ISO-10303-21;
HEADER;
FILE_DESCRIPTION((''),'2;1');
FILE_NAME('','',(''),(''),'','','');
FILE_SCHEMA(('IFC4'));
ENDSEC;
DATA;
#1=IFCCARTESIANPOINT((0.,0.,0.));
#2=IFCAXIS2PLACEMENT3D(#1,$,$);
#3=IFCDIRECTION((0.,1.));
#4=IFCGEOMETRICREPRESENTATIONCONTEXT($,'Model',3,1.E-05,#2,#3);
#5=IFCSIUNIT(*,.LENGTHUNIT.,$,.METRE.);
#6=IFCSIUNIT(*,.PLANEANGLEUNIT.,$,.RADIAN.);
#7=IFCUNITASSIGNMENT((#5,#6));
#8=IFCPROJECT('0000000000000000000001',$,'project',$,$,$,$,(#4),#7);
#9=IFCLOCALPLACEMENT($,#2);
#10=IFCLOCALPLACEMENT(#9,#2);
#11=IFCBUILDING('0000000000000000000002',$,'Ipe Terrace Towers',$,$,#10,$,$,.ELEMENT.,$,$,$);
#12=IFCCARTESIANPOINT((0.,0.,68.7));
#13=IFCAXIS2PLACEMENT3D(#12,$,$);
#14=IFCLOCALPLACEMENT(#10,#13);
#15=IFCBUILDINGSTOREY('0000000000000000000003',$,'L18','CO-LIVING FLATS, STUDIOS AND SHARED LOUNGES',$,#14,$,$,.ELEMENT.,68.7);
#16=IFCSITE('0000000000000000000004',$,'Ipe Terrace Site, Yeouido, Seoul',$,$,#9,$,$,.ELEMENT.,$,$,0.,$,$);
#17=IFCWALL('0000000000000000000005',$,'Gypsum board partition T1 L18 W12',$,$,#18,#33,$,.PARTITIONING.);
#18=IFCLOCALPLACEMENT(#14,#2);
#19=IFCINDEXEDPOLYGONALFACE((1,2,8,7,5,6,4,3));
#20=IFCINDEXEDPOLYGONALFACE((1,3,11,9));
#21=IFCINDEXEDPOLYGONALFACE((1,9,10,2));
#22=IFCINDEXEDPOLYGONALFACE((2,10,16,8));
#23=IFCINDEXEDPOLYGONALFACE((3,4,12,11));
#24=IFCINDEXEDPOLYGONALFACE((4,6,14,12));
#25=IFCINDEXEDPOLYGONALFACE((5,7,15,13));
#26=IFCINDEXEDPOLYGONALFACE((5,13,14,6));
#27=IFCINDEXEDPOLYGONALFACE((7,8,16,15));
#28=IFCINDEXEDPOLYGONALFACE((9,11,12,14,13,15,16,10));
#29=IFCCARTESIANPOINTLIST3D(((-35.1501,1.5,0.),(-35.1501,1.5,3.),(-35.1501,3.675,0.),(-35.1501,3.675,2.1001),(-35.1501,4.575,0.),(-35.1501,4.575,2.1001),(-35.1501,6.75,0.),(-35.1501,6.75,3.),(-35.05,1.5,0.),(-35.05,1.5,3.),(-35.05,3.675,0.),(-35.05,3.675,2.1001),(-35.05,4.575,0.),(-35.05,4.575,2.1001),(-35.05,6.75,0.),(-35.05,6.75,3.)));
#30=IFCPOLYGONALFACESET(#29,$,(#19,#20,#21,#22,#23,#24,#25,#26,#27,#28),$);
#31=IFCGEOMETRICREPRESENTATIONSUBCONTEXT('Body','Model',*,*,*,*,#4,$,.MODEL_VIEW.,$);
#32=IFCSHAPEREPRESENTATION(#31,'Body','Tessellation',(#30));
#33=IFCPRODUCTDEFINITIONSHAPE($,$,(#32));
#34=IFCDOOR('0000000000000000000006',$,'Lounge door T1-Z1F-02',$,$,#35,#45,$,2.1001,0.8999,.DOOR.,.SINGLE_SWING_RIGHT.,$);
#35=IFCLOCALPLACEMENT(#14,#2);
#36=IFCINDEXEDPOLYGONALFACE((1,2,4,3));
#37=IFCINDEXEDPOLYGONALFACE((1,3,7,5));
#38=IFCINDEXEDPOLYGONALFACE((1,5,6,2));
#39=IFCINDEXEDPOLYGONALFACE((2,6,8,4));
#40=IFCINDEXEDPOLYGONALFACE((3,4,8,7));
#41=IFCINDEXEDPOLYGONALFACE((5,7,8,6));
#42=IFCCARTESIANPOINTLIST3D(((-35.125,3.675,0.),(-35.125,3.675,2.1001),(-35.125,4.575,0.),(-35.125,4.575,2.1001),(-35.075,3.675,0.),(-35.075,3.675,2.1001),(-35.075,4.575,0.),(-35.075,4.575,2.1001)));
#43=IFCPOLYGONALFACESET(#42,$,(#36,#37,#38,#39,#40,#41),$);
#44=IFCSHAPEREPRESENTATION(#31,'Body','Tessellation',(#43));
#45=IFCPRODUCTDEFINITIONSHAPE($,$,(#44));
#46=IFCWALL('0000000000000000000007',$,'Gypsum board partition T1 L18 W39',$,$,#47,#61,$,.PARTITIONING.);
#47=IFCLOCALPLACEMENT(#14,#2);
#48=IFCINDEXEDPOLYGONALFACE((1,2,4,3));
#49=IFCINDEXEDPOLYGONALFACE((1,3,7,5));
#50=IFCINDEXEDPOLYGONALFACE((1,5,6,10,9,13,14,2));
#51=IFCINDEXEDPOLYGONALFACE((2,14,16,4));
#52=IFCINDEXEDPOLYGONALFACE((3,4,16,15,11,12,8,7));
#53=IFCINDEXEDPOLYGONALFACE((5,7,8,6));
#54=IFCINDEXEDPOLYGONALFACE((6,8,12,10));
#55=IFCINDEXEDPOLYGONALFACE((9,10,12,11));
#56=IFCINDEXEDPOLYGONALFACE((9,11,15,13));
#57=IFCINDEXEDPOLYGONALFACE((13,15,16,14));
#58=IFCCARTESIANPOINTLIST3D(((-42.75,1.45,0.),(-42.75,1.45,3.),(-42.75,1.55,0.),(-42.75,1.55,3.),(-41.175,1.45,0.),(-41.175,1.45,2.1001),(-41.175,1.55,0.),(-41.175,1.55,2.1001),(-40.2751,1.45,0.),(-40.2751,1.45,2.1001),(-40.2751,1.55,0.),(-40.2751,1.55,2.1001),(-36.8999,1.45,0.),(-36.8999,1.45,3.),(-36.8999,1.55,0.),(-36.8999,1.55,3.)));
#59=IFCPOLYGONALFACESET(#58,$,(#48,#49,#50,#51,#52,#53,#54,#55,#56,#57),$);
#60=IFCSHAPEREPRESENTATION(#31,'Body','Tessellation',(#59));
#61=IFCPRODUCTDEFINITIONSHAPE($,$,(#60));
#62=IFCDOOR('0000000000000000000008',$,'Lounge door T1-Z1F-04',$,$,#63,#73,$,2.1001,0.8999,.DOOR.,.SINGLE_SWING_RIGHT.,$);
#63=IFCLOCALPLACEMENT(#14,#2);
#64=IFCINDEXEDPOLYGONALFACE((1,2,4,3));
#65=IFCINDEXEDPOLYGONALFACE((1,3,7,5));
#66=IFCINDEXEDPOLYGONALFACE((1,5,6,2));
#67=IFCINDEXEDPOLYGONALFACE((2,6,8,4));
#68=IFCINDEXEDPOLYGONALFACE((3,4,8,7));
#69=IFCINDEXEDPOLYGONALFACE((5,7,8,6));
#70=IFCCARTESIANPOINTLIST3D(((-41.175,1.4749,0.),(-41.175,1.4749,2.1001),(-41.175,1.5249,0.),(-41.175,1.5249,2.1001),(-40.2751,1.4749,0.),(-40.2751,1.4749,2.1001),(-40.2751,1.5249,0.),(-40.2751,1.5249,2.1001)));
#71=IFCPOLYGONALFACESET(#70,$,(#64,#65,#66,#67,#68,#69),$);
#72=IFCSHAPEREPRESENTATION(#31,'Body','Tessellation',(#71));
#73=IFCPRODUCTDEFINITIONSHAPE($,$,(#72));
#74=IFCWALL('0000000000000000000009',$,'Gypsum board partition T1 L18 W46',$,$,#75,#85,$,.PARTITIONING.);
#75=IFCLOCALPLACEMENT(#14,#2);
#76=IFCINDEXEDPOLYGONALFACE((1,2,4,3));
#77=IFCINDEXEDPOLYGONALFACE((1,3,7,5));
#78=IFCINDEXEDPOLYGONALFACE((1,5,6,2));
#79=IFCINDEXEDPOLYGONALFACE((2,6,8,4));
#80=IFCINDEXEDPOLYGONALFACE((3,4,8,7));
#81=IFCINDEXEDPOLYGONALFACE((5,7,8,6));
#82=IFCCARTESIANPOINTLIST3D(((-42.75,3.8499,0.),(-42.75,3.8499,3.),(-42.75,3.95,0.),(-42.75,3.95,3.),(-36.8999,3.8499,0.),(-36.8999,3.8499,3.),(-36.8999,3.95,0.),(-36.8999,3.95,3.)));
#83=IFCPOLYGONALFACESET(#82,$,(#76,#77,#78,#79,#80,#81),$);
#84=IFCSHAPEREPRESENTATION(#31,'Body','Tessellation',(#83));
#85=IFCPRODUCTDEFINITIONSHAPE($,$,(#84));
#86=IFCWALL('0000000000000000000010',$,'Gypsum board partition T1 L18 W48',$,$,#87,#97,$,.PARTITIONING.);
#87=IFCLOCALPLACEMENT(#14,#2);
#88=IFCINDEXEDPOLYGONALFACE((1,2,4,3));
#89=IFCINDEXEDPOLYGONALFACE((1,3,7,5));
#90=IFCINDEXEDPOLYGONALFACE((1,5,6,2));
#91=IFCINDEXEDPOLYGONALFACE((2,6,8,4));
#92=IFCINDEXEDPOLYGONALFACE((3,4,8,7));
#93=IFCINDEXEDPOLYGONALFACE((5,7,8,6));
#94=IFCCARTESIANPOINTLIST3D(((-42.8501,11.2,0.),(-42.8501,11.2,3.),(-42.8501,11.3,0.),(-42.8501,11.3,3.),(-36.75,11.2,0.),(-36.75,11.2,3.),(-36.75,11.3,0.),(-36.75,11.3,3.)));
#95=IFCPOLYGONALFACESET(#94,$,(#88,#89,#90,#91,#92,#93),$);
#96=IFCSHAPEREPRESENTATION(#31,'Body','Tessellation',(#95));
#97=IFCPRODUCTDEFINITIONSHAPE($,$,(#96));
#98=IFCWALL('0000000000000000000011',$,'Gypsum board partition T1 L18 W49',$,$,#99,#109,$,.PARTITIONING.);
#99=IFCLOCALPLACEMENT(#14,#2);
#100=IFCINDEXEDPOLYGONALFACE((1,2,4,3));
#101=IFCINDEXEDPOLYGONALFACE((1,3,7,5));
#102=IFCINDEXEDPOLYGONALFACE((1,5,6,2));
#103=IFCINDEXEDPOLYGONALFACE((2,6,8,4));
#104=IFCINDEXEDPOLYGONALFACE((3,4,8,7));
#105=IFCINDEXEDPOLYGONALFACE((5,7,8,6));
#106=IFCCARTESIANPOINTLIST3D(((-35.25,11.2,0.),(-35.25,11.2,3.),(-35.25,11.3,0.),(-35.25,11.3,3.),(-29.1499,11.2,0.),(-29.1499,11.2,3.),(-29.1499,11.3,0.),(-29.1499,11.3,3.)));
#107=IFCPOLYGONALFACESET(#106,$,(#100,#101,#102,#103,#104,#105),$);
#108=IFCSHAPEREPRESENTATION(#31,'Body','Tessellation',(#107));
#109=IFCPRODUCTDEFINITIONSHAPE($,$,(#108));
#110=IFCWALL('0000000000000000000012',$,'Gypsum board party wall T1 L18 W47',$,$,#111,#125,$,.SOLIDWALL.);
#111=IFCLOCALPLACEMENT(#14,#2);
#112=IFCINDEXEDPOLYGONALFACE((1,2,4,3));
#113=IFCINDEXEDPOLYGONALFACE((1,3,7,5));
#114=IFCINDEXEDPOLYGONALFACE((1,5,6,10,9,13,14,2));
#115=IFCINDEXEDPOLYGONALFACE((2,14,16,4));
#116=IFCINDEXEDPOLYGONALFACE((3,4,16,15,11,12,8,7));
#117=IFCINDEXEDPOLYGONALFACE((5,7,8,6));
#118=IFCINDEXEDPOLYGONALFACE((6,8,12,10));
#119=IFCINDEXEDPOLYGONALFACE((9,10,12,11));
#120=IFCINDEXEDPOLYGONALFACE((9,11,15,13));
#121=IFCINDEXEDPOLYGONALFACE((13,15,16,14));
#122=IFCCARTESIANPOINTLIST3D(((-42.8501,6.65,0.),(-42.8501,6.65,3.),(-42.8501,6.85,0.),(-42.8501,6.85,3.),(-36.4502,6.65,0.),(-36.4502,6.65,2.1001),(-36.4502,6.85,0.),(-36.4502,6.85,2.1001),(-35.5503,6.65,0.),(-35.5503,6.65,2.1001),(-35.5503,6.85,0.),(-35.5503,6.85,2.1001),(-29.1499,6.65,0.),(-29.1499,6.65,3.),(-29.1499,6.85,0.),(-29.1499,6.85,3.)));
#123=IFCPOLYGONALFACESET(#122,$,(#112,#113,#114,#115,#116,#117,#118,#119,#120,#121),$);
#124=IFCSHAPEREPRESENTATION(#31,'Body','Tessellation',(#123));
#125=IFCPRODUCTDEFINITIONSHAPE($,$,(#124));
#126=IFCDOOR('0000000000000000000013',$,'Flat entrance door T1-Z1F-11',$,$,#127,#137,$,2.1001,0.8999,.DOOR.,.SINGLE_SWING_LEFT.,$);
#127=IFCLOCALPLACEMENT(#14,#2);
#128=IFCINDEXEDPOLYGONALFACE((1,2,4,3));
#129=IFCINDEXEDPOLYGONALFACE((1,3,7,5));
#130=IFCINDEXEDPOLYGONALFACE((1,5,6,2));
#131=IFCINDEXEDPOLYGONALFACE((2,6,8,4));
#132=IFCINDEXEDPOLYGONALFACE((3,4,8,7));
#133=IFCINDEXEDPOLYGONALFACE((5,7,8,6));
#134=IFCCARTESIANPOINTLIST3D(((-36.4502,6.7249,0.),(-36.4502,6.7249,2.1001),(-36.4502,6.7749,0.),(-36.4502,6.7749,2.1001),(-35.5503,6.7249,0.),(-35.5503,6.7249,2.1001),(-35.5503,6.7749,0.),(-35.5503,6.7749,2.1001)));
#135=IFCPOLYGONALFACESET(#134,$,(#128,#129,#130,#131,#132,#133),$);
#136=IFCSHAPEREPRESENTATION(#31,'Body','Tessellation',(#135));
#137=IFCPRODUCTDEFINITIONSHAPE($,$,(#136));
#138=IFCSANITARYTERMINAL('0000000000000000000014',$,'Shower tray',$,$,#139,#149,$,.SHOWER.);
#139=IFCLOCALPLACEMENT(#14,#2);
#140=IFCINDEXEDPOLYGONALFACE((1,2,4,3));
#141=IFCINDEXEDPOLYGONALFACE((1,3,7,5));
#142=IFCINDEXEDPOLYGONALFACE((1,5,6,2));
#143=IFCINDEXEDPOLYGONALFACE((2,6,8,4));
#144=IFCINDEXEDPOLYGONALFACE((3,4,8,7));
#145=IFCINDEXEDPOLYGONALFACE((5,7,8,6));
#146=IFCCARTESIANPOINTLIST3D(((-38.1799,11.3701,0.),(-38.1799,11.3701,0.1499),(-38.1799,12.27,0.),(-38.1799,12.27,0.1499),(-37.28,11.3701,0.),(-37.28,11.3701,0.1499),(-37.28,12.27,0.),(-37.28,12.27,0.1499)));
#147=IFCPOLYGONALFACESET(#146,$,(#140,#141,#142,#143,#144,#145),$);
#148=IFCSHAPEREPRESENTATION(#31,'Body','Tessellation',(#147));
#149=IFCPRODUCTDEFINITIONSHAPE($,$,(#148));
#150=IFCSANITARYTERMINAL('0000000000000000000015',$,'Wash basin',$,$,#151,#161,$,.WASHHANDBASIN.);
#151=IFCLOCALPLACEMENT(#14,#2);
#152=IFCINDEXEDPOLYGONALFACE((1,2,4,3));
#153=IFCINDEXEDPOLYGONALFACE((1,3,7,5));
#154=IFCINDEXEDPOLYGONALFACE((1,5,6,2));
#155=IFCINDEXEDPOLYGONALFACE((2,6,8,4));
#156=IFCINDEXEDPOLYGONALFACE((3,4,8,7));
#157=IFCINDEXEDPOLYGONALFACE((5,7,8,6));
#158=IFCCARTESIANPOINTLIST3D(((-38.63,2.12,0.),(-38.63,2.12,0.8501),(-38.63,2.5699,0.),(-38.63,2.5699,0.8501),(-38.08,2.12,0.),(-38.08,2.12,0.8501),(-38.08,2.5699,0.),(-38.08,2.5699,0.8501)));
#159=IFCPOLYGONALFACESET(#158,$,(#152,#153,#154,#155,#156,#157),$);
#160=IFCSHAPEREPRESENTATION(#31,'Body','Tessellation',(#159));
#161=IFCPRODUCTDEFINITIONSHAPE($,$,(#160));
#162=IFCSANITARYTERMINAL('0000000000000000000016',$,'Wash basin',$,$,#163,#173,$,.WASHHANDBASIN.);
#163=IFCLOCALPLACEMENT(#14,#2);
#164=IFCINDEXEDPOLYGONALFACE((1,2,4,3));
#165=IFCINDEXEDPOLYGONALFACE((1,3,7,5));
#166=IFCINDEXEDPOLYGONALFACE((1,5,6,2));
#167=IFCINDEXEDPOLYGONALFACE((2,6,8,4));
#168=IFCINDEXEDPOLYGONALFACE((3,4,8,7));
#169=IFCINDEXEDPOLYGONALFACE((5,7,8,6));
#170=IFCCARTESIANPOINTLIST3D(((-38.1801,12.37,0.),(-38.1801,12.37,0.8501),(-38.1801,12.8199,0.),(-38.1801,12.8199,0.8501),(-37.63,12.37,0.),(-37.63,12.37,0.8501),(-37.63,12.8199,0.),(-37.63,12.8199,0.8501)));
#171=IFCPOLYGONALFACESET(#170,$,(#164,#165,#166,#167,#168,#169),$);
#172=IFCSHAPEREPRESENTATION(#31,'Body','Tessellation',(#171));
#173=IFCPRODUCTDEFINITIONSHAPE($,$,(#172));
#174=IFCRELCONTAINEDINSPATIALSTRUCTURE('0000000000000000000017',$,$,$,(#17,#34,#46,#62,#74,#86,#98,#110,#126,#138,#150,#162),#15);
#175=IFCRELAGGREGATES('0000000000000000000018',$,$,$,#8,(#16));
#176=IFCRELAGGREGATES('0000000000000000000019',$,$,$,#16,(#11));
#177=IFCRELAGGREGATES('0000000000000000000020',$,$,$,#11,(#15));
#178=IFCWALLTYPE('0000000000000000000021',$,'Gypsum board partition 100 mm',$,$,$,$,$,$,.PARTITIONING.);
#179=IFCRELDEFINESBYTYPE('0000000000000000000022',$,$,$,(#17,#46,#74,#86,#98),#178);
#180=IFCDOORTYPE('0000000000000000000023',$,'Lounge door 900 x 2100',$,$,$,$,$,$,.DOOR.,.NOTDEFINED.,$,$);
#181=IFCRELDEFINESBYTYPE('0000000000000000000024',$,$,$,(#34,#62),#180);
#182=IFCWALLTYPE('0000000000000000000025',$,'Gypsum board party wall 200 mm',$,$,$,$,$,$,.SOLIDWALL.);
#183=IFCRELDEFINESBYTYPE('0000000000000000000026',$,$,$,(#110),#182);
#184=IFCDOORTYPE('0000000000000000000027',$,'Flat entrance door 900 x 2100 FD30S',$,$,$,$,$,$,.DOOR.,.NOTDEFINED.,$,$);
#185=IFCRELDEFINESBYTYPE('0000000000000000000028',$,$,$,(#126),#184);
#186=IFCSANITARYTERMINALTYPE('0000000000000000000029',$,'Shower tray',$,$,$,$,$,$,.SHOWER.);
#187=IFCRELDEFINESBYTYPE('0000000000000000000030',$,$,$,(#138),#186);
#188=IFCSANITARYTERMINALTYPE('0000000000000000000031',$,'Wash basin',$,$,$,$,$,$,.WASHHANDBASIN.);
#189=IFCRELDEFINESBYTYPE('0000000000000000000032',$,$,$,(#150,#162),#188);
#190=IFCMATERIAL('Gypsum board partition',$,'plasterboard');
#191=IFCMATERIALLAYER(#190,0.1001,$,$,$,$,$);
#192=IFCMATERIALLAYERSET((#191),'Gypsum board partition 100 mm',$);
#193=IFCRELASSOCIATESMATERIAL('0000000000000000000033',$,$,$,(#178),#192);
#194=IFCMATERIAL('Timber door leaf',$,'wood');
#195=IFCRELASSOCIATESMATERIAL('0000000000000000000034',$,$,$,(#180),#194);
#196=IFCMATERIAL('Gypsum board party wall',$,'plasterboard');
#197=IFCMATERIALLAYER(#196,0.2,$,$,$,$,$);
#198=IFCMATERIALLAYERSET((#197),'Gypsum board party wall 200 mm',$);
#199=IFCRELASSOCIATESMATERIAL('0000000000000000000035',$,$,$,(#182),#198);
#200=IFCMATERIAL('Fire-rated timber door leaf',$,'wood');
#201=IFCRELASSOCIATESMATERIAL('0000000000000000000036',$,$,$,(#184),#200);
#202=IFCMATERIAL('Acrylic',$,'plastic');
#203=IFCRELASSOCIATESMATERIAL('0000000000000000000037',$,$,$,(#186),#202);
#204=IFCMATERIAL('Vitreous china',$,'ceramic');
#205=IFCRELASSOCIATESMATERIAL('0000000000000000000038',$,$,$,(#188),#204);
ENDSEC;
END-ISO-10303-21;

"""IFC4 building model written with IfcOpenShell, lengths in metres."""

from ifc_helpers import new_model, si_unit, direction, frame, frame_2d, origin, origin_2d, place, context, subcontext, project, spatial, rectangle, extrude, material, layer, layer_set, type_object, element, fill, save


model = new_model("IFC4")

# Units and contexts
model_context = context("Model", 3, precision=1e-05, world=origin(), true_north=direction((0.0, 1.0)))
body_context = subcontext(model_context, "Body", "Model", "MODEL_VIEW")
ifc_project = project(units=[si_unit("LENGTHUNIT", "METRE"), si_unit("PLANEANGLEUNIT", "RADIAN")], contexts=[model_context])

# Site, building, storey
site_placement = place(None, origin())
site = spatial("IfcSite", under=ifc_project, at=site_placement, Name="Ipe Terrace Site, Yeouido, Seoul", CompositionType="ELEMENT", RefElevation=0.0)
building_placement = place(site_placement, origin())
building = spatial("IfcBuilding", under=site, at=building_placement, Name="Ipe Terrace Towers", CompositionType="ELEMENT")
storey_placement = place(building_placement, frame((0.0, 0.0, 68.7)))
storey = spatial("IfcBuildingStorey", under=building, at=storey_placement, Name="L18", Description="CO-LIVING FLATS, STUDIOS AND SHARED LOUNGES", CompositionType="ELEMENT", Elevation=68.7)

# Shared definitions
ifc_material_1 = material(Name="Gypsum board partition", Category="plasterboard")
ifc_layer_1 = layer(ifc_material_1, 0.1001)
ifc_layer_set_1 = layer_set([ifc_layer_1], Name="Gypsum board partition 100 mm")
wall_type_1 = type_object("IfcWallType", Name="Gypsum board partition 100 mm", PredefinedType="PARTITIONING", material=ifc_layer_set_1)

# Shared definitions
ifc_material_2 = material(Name="Timber door leaf", Category="wood")
door_type_1 = type_object("IfcDoorType", Name="Lounge door 900 x 2100", OperationType="NOTDEFINED", PredefinedType="DOOR", material=ifc_material_2)

# Walls, openings, doors
wall_1_placement = place(storey_placement, frame((-35.1001, 1.5, 0.0), z_axis=(0.0, 0.0, 1.0), x_axis=(0.0, 1.0, 0.0)))
wall_1 = element("IfcWall", 1, at=wall_1_placement, inside=storey, type_object=wall_type_1, Name="Gypsum board partition T1 L18 W12", PredefinedType="PARTITIONING", context=body_context, shape_type="SweptSolid", body=[
    extrude(rectangle(XDim=5.25, YDim=0.1001, at=frame_2d((2.625, 0.0))), origin(), (0.0, 0.0, 1.0), 3.0),
])
opening_1_placement = place(wall_1_placement, frame((2.175, 0.0, 0.0)))
opening_1 = element("IfcOpeningElement", 2, at=opening_1_placement, cuts=wall_1, PredefinedType="OPENING", context=body_context, shape_type="SweptSolid", body=[
    extrude(rectangle(XDim=0.8999, YDim=2.1001, at=frame_2d((0.45, 1.05))), frame((0.0, 0.0601, 0.0), z_axis=(0.0, -1.0, 0.0), x_axis=(1.0, 0.0, 0.0)), (0.0, 0.0, 1.0), 0.1201),
])
door_1_placement = place(opening_1_placement, origin())
door_1 = element("IfcDoor", 3, at=door_1_placement, inside=storey, type_object=door_type_1, Name="Lounge door T1-Z1F-02", OperationType="SINGLE_SWING_RIGHT", OverallHeight=2.1001, OverallWidth=0.8999, PredefinedType="DOOR", context=body_context, shape_type="SweptSolid", body=[
    extrude(rectangle(XDim=0.8999, YDim=2.1001, at=frame_2d((0.45, 1.05))), frame((0.0, 0.0249, 0.0), z_axis=(0.0, -1.0, 0.0), x_axis=(1.0, 0.0, 0.0)), (0.0, 0.0, 1.0), 0.05),
])
fill(opening_1, door_1)
wall_2_placement = place(storey_placement, frame((-42.75, 1.5, 0.0), z_axis=(0.0, 0.0, 1.0), x_axis=(1.0, 0.0, 0.0)))
wall_2 = element("IfcWall", 4, at=wall_2_placement, inside=storey, type_object=wall_type_1, Name="Gypsum board partition T1 L18 W39", PredefinedType="PARTITIONING", context=body_context, shape_type="SweptSolid", body=[
    extrude(rectangle(XDim=5.8501, YDim=0.1001, at=frame_2d((2.925, 0.0))), origin(), (0.0, 0.0, 1.0), 3.0),
])
opening_2_placement = place(wall_2_placement, frame((1.575, 0.0, 0.0)))
opening_2 = element("IfcOpeningElement", 5, at=opening_2_placement, cuts=wall_2, PredefinedType="OPENING", context=body_context, shape_type="SweptSolid", body=[
    extrude(rectangle(XDim=0.8999, YDim=2.1001, at=frame_2d((0.45, 1.05))), frame((0.0, 0.0601, 0.0), z_axis=(0.0, -1.0, 0.0), x_axis=(1.0, 0.0, 0.0)), (0.0, 0.0, 1.0), 0.1201),
])
door_2_placement = place(opening_2_placement, origin())
door_2 = element("IfcDoor", 6, at=door_2_placement, inside=storey, type_object=door_type_1, Name="Lounge door T1-Z1F-04", OperationType="SINGLE_SWING_RIGHT", OverallHeight=2.1001, OverallWidth=0.8999, PredefinedType="DOOR", context=body_context, shape_type="SweptSolid", body=[
    extrude(rectangle(XDim=0.8999, YDim=2.1001, at=frame_2d((0.45, 1.05))), frame((0.0, 0.0249, 0.0), z_axis=(0.0, -1.0, 0.0), x_axis=(1.0, 0.0, 0.0)), (0.0, 0.0, 1.0), 0.05),
])
fill(opening_2, door_2)

# Walls
wall_3_placement = place(storey_placement, frame((-42.75, 3.8999, 0.0), z_axis=(0.0, 0.0, 1.0), x_axis=(1.0, 0.0, 0.0)))
element("IfcWall", 7, at=wall_3_placement, inside=storey, type_object=wall_type_1, Name="Gypsum board partition T1 L18 W46", PredefinedType="PARTITIONING", context=body_context, shape_type="SweptSolid", body=[
    extrude(rectangle(XDim=5.8501, YDim=0.1001, at=frame_2d((2.925, 0.0))), origin(), (0.0, 0.0, 1.0), 3.0),
])
for number, where, z_axis, x_axis, name in (
    (8, (-42.8501, 11.25, 0.0), (0.0, 0.0, 1.0), (1.0, 0.0, 0.0), "Gypsum board partition T1 L18 W48"),
    (9, (-35.25, 11.25, 0.0), (0.0, 0.0, 1.0), (1.0, 0.0, 0.0), "Gypsum board partition T1 L18 W49"),
):
    element("IfcWall", number, at=place(storey_placement, frame(where, z_axis=z_axis, x_axis=x_axis)), inside=storey, type_object=wall_type_1, Name=name, PredefinedType="PARTITIONING", context=body_context, shape_type="SweptSolid", body=[
        extrude(rectangle(XDim=6.1001, YDim=0.1001, at=frame_2d((3.05, 0.0))), origin(), (0.0, 0.0, 1.0), 3.0),
    ])

# Wall, opening, door
ifc_material_3 = material(Name="Gypsum board party wall", Category="plasterboard")
ifc_layer_2 = layer(ifc_material_3, 0.2)
ifc_layer_set_2 = layer_set([ifc_layer_2], Name="Gypsum board party wall 200 mm")
wall_type_2 = type_object("IfcWallType", Name="Gypsum board party wall 200 mm", PredefinedType="SOLIDWALL", material=ifc_layer_set_2)
wall_4_placement = place(storey_placement, frame((-42.8501, 6.75, 0.0), z_axis=(0.0, 0.0, 1.0), x_axis=(1.0, 0.0, 0.0)))
wall_4 = element("IfcWall", 10, at=wall_4_placement, inside=storey, type_object=wall_type_2, Name="Gypsum board party wall T1 L18 W47", PredefinedType="SOLIDWALL", context=body_context, shape_type="SweptSolid", body=[
    extrude(rectangle(XDim=13.7002, YDim=0.2, at=frame_2d((6.8501, 0.0))), origin(), (0.0, 0.0, 1.0), 3.0),
])
opening_3_placement = place(wall_4_placement, frame((6.3999, 0.0, 0.0)))
opening_3 = element("IfcOpeningElement", 11, at=opening_3_placement, cuts=wall_4, PredefinedType="OPENING", context=body_context, shape_type="SweptSolid", body=[
    extrude(rectangle(XDim=0.8999, YDim=2.1001, at=frame_2d((0.45, 1.05))), frame((0.0, 0.1099, 0.0), z_axis=(0.0, -1.0, 0.0), x_axis=(1.0, 0.0, 0.0)), (0.0, 0.0, 1.0), 0.22),
])
ifc_material_4 = material(Name="Fire-rated timber door leaf", Category="wood")
door_type_2 = type_object("IfcDoorType", Name="Flat entrance door 900 x 2100 FD30S", OperationType="NOTDEFINED", PredefinedType="DOOR", material=ifc_material_4)
door_3_placement = place(opening_3_placement, origin())
door_3 = element("IfcDoor", 12, at=door_3_placement, inside=storey, type_object=door_type_2, Name="Flat entrance door T1-Z1F-11", OperationType="SINGLE_SWING_LEFT", OverallHeight=2.1001, OverallWidth=0.8999, PredefinedType="DOOR", context=body_context, shape_type="SweptSolid", body=[
    extrude(rectangle(XDim=0.8999, YDim=2.1001, at=frame_2d((0.45, 1.05))), frame((0.0, 0.0249, 0.0), z_axis=(0.0, -1.0, 0.0), x_axis=(1.0, 0.0, 0.0)), (0.0, 0.0, 1.0), 0.05),
])
fill(opening_3, door_3)

# Sanitary terminals
ifc_material_5 = material(Name="Acrylic", Category="plastic")
sanitary_terminal_type_1 = type_object("IfcSanitaryTerminalType", Name="Shower tray", PredefinedType="SHOWER", material=ifc_material_5)
sanitary_terminal_1_placement = place(storey_placement, frame((-37.73, 11.8201, 0.0), z_axis=(0.0, 0.0, 1.0), x_axis=(1.0, 0.0, 0.0)))
element("IfcSanitaryTerminal", 13, at=sanitary_terminal_1_placement, inside=storey, type_object=sanitary_terminal_type_1, Name="Shower tray", PredefinedType="SHOWER", context=body_context, shape_type="SweptSolid", body=[
    extrude(rectangle(XDim=0.8999, YDim=0.8999, at=origin_2d()), origin(), (0.0, 0.0, 1.0), 0.1499),
])
ifc_material_6 = material(Name="Vitreous china", Category="ceramic")
sanitary_terminal_type_2 = type_object("IfcSanitaryTerminalType", Name="Wash basin", PredefinedType="WASHHANDBASIN", material=ifc_material_6)
for number, where, z_axis, x_axis, name in (
    (14, (-38.355, 2.345, 0.0), (0.0, 0.0, 1.0), (1.0, 0.0, 0.0), "Wash basin"),
    (15, (-37.905, 12.595, 0.0), (0.0, 0.0, 1.0), (1.0, 0.0, 0.0), "Wash basin"),
):
    element("IfcSanitaryTerminal", number, at=place(storey_placement, frame(where, z_axis=z_axis, x_axis=x_axis)), inside=storey, type_object=sanitary_terminal_type_2, Name=name, PredefinedType="WASHHANDBASIN", context=body_context, shape_type="SweptSolid", body=[
        extrude(rectangle(XDim=0.55, YDim=0.45, at=origin_2d()), origin(), (0.0, 0.0, 1.0), 0.8501),
    ])

save(model, "model.ifc")
